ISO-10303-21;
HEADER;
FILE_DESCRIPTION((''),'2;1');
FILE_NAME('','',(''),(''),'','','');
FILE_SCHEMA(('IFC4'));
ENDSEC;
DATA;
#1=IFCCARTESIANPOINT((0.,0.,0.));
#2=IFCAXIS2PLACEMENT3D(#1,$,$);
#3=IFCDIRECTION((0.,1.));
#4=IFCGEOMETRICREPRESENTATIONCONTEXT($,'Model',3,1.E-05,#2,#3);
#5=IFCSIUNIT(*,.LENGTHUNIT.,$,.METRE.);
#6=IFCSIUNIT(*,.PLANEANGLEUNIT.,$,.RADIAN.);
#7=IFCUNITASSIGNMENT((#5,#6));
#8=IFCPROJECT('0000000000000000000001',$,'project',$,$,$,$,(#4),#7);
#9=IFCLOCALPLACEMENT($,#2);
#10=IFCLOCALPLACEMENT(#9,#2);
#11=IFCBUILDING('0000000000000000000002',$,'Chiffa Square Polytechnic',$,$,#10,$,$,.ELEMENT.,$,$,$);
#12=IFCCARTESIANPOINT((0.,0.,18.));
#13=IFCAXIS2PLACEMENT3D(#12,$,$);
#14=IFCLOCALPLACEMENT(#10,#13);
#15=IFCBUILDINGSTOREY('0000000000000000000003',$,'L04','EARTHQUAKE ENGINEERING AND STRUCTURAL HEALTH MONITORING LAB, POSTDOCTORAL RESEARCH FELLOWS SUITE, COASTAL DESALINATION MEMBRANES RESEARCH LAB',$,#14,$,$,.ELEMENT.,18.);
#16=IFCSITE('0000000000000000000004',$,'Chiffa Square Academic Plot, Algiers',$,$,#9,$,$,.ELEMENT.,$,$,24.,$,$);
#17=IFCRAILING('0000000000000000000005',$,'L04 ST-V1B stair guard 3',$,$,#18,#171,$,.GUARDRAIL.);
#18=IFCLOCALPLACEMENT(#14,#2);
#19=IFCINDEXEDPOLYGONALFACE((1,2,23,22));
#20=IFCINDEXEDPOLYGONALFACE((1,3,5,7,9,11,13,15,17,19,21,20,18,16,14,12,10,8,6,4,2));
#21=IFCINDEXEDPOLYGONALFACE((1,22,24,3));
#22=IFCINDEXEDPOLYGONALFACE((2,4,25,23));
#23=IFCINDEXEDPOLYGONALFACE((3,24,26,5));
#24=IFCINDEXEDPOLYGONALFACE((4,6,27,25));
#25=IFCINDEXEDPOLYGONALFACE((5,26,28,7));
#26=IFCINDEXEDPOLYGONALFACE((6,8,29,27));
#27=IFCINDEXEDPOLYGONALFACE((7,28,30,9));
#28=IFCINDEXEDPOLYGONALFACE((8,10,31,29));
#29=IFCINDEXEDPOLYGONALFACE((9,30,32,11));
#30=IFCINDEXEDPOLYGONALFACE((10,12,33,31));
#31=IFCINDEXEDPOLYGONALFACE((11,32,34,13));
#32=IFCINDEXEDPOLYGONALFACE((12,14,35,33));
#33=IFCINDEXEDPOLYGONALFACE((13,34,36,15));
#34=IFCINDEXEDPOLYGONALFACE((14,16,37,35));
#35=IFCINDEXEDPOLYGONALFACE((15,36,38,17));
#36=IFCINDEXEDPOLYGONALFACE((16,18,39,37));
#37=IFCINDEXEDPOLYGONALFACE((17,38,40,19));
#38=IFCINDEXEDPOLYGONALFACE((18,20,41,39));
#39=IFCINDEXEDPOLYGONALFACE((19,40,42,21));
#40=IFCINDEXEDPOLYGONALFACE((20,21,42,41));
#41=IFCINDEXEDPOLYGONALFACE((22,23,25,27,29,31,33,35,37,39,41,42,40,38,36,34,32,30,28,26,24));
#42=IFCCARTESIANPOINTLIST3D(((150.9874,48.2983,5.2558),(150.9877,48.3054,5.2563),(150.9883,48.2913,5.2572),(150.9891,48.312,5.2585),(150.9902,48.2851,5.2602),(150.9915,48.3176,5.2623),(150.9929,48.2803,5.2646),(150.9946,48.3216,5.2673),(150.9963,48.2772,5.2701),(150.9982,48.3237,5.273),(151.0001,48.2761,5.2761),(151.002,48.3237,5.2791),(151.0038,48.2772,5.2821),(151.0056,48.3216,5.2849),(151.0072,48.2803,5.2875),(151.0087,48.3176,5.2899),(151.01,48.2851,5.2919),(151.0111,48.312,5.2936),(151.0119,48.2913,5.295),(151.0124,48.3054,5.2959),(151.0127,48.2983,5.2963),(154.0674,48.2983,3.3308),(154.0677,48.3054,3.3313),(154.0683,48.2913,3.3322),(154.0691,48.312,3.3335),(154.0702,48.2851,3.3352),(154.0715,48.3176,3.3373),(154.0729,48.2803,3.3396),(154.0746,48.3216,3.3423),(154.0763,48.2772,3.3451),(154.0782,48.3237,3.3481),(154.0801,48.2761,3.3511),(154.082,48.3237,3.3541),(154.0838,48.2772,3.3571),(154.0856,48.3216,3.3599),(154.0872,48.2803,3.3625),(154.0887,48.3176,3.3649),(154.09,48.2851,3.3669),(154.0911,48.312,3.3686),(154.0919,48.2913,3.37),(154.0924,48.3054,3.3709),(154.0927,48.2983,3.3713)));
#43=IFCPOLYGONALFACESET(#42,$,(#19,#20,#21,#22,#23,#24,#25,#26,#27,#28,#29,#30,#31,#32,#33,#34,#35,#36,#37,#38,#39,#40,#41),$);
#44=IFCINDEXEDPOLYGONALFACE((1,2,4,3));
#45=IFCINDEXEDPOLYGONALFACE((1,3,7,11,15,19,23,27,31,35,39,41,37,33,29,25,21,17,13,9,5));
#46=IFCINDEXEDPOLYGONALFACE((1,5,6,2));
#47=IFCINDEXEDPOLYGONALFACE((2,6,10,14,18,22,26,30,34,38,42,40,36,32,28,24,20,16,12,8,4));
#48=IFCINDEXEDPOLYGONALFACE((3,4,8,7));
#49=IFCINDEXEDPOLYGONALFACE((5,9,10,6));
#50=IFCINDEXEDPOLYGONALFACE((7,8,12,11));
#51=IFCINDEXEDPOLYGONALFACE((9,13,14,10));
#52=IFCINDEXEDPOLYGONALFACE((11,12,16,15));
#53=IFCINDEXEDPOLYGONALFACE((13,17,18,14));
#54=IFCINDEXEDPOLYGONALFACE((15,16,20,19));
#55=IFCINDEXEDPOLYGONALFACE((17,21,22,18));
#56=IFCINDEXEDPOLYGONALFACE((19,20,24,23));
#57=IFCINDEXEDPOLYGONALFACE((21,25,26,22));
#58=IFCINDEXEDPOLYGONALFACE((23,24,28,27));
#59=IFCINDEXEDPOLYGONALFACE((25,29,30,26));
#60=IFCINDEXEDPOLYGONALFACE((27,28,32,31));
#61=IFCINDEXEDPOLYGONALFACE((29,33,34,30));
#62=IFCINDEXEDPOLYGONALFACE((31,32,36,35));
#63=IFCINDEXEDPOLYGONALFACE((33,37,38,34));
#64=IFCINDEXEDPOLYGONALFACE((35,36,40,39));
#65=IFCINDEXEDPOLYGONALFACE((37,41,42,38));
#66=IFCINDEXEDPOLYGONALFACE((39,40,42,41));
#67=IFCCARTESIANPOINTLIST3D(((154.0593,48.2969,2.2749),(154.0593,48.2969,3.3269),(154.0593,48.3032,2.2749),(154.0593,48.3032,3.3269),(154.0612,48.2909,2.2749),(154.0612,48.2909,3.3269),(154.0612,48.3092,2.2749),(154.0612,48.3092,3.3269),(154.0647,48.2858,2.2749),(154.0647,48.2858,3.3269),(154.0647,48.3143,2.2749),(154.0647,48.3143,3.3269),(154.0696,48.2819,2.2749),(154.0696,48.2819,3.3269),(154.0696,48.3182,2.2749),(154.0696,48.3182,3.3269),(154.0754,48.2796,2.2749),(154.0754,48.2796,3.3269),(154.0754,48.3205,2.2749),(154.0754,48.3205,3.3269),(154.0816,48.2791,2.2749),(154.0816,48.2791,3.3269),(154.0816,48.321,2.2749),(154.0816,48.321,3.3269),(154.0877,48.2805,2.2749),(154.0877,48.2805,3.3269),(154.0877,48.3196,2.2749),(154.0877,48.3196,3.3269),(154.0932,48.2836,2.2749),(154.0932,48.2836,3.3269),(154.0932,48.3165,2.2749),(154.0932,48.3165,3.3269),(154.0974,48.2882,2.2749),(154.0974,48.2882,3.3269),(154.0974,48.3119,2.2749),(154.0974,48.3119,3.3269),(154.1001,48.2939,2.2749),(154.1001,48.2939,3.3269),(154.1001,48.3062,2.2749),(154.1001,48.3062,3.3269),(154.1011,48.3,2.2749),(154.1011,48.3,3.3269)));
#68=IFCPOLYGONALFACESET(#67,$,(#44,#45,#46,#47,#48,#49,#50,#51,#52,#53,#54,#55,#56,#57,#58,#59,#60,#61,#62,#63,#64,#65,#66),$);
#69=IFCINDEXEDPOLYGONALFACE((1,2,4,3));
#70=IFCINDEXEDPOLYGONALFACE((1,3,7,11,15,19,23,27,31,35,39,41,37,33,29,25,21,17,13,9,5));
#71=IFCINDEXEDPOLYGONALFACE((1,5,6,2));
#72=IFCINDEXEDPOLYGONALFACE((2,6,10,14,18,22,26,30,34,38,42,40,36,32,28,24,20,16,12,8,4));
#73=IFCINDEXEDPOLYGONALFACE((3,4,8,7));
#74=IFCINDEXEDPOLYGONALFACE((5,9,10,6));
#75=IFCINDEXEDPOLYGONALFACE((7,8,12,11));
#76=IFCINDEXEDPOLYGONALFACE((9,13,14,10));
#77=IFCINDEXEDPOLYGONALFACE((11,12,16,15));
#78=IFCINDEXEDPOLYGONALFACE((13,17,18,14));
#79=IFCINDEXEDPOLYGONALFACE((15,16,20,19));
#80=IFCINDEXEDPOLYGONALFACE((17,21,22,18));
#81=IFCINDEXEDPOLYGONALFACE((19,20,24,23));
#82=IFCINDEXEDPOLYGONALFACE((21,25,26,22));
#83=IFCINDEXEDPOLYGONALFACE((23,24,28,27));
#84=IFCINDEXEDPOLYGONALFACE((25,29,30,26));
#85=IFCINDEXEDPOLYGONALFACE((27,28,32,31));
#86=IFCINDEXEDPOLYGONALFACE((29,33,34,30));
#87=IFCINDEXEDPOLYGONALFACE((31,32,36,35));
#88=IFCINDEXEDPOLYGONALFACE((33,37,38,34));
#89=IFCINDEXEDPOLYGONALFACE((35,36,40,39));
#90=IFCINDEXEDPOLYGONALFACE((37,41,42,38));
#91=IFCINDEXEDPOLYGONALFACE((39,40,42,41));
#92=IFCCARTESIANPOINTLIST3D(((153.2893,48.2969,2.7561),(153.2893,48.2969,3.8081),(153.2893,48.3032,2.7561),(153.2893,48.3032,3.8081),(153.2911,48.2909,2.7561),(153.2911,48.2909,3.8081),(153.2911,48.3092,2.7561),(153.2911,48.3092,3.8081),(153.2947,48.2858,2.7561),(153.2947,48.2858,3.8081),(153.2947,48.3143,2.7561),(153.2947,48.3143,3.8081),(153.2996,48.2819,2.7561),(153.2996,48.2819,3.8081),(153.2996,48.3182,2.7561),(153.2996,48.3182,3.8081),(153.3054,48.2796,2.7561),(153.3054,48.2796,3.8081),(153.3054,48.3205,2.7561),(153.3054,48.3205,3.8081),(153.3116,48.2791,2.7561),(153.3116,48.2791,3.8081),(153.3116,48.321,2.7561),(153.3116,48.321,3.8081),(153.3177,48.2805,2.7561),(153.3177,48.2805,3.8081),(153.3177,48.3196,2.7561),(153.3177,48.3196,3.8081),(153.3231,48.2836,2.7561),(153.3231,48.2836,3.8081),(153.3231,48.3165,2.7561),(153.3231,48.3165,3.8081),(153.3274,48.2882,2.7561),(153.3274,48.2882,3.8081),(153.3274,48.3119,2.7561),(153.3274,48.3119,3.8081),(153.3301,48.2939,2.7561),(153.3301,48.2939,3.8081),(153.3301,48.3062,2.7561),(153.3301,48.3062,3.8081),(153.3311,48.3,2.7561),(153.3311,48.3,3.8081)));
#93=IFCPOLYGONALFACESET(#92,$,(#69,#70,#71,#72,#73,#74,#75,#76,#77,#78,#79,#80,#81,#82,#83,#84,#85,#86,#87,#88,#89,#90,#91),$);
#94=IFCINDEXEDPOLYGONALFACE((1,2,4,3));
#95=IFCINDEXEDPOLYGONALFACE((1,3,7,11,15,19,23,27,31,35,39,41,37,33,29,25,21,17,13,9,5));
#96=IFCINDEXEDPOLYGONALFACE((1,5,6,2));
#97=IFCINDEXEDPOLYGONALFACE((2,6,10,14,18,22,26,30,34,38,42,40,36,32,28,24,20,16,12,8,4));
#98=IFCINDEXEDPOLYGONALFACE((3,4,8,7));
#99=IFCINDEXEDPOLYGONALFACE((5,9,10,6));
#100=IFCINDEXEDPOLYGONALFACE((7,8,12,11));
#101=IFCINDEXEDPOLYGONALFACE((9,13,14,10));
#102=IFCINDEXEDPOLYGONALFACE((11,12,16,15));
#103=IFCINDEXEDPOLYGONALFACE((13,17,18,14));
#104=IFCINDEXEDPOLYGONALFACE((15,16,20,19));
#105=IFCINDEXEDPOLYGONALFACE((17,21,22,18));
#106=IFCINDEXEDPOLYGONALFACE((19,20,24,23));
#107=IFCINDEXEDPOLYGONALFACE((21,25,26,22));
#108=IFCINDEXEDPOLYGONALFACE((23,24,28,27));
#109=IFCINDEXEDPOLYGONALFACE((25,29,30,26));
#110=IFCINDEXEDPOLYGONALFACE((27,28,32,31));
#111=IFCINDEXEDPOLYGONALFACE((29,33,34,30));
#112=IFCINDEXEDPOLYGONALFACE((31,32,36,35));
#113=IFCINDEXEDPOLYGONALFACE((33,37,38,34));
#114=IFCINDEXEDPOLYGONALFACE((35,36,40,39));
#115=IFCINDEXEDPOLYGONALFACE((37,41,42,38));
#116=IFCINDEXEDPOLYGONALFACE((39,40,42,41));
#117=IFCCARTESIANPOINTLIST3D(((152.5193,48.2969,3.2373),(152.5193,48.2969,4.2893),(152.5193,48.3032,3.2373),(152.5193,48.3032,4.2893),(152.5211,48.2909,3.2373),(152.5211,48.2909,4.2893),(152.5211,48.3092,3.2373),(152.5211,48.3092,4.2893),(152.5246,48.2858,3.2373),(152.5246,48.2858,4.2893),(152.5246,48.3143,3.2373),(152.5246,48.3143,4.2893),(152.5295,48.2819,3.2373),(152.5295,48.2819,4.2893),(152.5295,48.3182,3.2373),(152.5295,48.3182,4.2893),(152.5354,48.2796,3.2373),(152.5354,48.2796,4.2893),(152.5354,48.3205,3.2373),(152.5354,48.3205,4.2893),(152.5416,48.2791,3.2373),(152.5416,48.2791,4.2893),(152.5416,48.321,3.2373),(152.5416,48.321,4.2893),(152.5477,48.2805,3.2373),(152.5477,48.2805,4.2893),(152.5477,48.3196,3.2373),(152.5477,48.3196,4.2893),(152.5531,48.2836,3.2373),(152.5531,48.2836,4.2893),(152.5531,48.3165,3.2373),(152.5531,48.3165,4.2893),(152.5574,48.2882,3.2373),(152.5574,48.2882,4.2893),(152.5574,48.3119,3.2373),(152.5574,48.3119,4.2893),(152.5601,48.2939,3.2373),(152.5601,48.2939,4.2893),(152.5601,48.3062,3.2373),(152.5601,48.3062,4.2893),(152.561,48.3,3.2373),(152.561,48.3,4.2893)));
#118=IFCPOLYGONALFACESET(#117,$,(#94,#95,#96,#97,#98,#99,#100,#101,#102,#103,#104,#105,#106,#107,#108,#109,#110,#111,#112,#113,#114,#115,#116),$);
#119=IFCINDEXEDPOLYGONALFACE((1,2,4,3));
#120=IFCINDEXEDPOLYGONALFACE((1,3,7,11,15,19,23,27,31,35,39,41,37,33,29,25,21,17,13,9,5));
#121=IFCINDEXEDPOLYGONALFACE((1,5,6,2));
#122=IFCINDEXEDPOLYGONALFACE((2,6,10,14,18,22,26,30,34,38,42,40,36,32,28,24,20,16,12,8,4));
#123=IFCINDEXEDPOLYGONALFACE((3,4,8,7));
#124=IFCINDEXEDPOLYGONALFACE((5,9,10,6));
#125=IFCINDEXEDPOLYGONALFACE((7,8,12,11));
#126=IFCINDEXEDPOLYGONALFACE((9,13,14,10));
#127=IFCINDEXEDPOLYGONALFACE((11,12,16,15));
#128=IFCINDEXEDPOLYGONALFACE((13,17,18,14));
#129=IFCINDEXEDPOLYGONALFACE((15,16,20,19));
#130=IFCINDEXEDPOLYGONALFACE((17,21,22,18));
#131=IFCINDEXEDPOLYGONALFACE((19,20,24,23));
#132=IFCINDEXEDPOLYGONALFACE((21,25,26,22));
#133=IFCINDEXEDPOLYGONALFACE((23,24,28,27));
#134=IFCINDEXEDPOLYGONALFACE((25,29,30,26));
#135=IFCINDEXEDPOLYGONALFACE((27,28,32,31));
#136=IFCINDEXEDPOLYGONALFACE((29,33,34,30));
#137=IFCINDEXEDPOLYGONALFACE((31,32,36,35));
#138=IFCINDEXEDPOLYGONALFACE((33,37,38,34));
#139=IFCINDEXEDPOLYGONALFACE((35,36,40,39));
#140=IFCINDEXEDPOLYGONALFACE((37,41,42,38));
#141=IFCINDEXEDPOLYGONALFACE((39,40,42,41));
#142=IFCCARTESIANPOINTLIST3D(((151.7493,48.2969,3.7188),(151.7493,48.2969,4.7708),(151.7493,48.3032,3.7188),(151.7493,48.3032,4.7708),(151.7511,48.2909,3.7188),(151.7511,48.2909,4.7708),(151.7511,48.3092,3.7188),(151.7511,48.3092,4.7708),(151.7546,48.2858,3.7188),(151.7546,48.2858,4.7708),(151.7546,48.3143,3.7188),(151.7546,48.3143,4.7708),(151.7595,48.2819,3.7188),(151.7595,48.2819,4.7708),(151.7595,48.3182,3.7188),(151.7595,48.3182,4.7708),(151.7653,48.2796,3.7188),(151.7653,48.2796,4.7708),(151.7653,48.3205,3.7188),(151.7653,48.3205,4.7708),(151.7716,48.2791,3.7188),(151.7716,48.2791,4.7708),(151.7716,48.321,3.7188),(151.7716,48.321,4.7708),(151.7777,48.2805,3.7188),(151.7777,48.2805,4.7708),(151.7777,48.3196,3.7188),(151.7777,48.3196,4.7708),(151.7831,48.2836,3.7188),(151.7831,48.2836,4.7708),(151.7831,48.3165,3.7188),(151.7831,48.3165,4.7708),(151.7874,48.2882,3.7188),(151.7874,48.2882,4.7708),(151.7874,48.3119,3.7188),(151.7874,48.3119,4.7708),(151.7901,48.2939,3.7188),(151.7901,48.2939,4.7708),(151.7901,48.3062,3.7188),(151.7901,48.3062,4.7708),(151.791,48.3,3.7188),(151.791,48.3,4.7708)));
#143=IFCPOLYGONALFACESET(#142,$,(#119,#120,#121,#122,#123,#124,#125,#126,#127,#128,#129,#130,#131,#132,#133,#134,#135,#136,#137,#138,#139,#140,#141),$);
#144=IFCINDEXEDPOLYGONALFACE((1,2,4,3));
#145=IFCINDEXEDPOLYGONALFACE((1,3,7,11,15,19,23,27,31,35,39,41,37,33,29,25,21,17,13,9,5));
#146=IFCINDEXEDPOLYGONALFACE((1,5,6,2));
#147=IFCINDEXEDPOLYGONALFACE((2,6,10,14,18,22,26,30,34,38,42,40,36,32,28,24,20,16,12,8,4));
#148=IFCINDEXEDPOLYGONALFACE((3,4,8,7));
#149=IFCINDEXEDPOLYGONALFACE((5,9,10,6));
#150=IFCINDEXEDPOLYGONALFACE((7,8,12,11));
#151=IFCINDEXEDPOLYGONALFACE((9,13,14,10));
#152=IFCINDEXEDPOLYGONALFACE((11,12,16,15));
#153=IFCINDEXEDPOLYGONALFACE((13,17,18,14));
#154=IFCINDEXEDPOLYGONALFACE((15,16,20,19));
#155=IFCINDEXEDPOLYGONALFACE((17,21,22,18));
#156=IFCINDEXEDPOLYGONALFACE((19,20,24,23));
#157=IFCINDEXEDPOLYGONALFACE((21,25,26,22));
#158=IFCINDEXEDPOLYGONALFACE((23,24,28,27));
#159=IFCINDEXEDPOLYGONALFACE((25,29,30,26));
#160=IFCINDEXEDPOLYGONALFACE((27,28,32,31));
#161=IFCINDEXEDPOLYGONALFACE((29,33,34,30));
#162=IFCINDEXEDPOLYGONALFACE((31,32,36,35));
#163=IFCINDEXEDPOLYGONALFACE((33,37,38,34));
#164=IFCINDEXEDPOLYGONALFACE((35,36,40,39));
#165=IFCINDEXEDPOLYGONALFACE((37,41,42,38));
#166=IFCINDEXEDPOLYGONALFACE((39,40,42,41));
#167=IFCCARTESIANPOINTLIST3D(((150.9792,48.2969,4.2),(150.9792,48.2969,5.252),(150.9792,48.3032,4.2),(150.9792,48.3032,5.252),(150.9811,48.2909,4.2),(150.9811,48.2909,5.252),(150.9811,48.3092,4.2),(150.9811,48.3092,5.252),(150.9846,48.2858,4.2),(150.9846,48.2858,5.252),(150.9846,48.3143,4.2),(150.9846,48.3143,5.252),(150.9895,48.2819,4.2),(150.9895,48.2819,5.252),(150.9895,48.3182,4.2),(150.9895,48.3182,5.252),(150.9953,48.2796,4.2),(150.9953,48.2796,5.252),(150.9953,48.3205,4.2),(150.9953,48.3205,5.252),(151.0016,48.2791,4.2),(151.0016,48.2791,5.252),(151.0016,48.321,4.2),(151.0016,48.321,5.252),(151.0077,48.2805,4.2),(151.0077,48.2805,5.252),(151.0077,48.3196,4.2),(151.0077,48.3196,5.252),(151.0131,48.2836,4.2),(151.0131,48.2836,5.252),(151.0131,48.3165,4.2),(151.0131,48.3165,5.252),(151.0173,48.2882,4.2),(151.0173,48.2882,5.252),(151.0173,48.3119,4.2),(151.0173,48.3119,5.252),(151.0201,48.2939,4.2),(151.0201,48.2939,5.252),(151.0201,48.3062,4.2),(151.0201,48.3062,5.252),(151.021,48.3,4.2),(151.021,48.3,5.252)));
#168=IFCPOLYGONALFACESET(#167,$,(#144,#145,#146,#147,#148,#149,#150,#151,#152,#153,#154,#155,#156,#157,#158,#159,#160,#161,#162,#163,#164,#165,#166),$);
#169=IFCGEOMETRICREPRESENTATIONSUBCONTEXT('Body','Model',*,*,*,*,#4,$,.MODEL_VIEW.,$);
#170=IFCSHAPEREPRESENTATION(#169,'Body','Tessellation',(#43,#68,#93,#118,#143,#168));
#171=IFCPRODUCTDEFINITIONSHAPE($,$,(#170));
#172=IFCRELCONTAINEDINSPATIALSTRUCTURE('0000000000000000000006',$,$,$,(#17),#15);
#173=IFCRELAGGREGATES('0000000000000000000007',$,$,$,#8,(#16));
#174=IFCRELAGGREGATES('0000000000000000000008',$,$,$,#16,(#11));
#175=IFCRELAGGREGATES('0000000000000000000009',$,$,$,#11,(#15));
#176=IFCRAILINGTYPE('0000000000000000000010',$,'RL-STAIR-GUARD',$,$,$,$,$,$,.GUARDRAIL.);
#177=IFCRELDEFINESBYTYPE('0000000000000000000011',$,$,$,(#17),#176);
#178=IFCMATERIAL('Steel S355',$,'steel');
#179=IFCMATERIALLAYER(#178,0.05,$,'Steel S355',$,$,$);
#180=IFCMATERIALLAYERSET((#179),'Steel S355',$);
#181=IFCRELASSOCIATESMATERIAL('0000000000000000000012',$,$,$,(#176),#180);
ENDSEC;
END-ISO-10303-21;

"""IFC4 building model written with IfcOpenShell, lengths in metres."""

from ifc_helpers import new_model, si_unit, direction, frame, origin, origin_2d, place, context, subcontext, project, spatial, circle, extrude, material, layer, layer_set, type_object, element, save


model = new_model("IFC4")

# Units and contexts
model_context = context("Model", 3, precision=1e-05, world=origin(), true_north=direction((0.0, 1.0)))
body_context = subcontext(model_context, "Body", "Model", "MODEL_VIEW")
ifc_project = project(units=[si_unit("LENGTHUNIT", "METRE"), si_unit("PLANEANGLEUNIT", "RADIAN")], contexts=[model_context])

# Site, building, storey
site_placement = place(None, origin())
site = spatial("IfcSite", under=ifc_project, at=site_placement, Name="Chiffa Square Academic Plot, Algiers", CompositionType="ELEMENT", RefElevation=24.0)
building_placement = place(site_placement, origin())
building = spatial("IfcBuilding", under=site, at=building_placement, Name="Chiffa Square Polytechnic", CompositionType="ELEMENT")
storey_placement = place(building_placement, frame((0.0, 0.0, 18.0)))
storey = spatial("IfcBuildingStorey", under=building, at=storey_placement, Name="L04", Description="EARTHQUAKE ENGINEERING AND STRUCTURAL HEALTH MONITORING LAB, POSTDOCTORAL RESEARCH FELLOWS SUITE, COASTAL DESALINATION MEMBRANES RESEARCH LAB", CompositionType="ELEMENT", Elevation=18.0)

# Railing
ifc_material_1 = material(Name="Steel S355", Category="steel")
ifc_layer_1 = layer(ifc_material_1, 0.05, Name="Steel S355")
ifc_layer_set_1 = layer_set([ifc_layer_1], Name="Steel S355")
railing_type_1 = type_object("IfcRailingType", Name="RL-STAIR-GUARD", PredefinedType="GUARDRAIL", material=ifc_layer_set_1)
railing_1_placement = place(storey_placement, frame((154.0801, 48.3, 2.2749)))
element("IfcRailing", 1, at=railing_1_placement, inside=storey, type_object=railing_type_1, Name="L04 ST-V1B stair guard 3", PredefinedType="GUARDRAIL", context=body_context, shape_type="SweptSolid", body=[
    extrude(circle(Radius=0.0239, at=origin_2d()), frame((0.0, 0.0, 1.0762), z_axis=(-0.847998, 0.0, 0.529999), x_axis=(0.0, -1.0, 0.0)), (0.0, 0.0, 1.0), 3.6321),
    extrude(circle(Radius=0.021, at=origin_2d()), origin(), (0.0, 0.0, 1.0), 1.052),
    extrude(circle(Radius=0.021, at=origin_2d()), frame((-0.77, 0.0, 0.4812)), (0.0, 0.0, 1.0), 1.052),
    extrude(circle(Radius=0.021, at=origin_2d()), frame((-1.54, 0.0, 0.9624)), (0.0, 0.0, 1.0), 1.052),
    extrude(circle(Radius=0.021, at=origin_2d()), frame((-2.3101, 0.0, 1.4438)), (0.0, 0.0, 1.0), 1.052),
    extrude(circle(Radius=0.021, at=origin_2d()), frame((-3.0801, 0.0, 1.925)), (0.0, 0.0, 1.0), 1.052),
])

save(model, "model.ifc")
